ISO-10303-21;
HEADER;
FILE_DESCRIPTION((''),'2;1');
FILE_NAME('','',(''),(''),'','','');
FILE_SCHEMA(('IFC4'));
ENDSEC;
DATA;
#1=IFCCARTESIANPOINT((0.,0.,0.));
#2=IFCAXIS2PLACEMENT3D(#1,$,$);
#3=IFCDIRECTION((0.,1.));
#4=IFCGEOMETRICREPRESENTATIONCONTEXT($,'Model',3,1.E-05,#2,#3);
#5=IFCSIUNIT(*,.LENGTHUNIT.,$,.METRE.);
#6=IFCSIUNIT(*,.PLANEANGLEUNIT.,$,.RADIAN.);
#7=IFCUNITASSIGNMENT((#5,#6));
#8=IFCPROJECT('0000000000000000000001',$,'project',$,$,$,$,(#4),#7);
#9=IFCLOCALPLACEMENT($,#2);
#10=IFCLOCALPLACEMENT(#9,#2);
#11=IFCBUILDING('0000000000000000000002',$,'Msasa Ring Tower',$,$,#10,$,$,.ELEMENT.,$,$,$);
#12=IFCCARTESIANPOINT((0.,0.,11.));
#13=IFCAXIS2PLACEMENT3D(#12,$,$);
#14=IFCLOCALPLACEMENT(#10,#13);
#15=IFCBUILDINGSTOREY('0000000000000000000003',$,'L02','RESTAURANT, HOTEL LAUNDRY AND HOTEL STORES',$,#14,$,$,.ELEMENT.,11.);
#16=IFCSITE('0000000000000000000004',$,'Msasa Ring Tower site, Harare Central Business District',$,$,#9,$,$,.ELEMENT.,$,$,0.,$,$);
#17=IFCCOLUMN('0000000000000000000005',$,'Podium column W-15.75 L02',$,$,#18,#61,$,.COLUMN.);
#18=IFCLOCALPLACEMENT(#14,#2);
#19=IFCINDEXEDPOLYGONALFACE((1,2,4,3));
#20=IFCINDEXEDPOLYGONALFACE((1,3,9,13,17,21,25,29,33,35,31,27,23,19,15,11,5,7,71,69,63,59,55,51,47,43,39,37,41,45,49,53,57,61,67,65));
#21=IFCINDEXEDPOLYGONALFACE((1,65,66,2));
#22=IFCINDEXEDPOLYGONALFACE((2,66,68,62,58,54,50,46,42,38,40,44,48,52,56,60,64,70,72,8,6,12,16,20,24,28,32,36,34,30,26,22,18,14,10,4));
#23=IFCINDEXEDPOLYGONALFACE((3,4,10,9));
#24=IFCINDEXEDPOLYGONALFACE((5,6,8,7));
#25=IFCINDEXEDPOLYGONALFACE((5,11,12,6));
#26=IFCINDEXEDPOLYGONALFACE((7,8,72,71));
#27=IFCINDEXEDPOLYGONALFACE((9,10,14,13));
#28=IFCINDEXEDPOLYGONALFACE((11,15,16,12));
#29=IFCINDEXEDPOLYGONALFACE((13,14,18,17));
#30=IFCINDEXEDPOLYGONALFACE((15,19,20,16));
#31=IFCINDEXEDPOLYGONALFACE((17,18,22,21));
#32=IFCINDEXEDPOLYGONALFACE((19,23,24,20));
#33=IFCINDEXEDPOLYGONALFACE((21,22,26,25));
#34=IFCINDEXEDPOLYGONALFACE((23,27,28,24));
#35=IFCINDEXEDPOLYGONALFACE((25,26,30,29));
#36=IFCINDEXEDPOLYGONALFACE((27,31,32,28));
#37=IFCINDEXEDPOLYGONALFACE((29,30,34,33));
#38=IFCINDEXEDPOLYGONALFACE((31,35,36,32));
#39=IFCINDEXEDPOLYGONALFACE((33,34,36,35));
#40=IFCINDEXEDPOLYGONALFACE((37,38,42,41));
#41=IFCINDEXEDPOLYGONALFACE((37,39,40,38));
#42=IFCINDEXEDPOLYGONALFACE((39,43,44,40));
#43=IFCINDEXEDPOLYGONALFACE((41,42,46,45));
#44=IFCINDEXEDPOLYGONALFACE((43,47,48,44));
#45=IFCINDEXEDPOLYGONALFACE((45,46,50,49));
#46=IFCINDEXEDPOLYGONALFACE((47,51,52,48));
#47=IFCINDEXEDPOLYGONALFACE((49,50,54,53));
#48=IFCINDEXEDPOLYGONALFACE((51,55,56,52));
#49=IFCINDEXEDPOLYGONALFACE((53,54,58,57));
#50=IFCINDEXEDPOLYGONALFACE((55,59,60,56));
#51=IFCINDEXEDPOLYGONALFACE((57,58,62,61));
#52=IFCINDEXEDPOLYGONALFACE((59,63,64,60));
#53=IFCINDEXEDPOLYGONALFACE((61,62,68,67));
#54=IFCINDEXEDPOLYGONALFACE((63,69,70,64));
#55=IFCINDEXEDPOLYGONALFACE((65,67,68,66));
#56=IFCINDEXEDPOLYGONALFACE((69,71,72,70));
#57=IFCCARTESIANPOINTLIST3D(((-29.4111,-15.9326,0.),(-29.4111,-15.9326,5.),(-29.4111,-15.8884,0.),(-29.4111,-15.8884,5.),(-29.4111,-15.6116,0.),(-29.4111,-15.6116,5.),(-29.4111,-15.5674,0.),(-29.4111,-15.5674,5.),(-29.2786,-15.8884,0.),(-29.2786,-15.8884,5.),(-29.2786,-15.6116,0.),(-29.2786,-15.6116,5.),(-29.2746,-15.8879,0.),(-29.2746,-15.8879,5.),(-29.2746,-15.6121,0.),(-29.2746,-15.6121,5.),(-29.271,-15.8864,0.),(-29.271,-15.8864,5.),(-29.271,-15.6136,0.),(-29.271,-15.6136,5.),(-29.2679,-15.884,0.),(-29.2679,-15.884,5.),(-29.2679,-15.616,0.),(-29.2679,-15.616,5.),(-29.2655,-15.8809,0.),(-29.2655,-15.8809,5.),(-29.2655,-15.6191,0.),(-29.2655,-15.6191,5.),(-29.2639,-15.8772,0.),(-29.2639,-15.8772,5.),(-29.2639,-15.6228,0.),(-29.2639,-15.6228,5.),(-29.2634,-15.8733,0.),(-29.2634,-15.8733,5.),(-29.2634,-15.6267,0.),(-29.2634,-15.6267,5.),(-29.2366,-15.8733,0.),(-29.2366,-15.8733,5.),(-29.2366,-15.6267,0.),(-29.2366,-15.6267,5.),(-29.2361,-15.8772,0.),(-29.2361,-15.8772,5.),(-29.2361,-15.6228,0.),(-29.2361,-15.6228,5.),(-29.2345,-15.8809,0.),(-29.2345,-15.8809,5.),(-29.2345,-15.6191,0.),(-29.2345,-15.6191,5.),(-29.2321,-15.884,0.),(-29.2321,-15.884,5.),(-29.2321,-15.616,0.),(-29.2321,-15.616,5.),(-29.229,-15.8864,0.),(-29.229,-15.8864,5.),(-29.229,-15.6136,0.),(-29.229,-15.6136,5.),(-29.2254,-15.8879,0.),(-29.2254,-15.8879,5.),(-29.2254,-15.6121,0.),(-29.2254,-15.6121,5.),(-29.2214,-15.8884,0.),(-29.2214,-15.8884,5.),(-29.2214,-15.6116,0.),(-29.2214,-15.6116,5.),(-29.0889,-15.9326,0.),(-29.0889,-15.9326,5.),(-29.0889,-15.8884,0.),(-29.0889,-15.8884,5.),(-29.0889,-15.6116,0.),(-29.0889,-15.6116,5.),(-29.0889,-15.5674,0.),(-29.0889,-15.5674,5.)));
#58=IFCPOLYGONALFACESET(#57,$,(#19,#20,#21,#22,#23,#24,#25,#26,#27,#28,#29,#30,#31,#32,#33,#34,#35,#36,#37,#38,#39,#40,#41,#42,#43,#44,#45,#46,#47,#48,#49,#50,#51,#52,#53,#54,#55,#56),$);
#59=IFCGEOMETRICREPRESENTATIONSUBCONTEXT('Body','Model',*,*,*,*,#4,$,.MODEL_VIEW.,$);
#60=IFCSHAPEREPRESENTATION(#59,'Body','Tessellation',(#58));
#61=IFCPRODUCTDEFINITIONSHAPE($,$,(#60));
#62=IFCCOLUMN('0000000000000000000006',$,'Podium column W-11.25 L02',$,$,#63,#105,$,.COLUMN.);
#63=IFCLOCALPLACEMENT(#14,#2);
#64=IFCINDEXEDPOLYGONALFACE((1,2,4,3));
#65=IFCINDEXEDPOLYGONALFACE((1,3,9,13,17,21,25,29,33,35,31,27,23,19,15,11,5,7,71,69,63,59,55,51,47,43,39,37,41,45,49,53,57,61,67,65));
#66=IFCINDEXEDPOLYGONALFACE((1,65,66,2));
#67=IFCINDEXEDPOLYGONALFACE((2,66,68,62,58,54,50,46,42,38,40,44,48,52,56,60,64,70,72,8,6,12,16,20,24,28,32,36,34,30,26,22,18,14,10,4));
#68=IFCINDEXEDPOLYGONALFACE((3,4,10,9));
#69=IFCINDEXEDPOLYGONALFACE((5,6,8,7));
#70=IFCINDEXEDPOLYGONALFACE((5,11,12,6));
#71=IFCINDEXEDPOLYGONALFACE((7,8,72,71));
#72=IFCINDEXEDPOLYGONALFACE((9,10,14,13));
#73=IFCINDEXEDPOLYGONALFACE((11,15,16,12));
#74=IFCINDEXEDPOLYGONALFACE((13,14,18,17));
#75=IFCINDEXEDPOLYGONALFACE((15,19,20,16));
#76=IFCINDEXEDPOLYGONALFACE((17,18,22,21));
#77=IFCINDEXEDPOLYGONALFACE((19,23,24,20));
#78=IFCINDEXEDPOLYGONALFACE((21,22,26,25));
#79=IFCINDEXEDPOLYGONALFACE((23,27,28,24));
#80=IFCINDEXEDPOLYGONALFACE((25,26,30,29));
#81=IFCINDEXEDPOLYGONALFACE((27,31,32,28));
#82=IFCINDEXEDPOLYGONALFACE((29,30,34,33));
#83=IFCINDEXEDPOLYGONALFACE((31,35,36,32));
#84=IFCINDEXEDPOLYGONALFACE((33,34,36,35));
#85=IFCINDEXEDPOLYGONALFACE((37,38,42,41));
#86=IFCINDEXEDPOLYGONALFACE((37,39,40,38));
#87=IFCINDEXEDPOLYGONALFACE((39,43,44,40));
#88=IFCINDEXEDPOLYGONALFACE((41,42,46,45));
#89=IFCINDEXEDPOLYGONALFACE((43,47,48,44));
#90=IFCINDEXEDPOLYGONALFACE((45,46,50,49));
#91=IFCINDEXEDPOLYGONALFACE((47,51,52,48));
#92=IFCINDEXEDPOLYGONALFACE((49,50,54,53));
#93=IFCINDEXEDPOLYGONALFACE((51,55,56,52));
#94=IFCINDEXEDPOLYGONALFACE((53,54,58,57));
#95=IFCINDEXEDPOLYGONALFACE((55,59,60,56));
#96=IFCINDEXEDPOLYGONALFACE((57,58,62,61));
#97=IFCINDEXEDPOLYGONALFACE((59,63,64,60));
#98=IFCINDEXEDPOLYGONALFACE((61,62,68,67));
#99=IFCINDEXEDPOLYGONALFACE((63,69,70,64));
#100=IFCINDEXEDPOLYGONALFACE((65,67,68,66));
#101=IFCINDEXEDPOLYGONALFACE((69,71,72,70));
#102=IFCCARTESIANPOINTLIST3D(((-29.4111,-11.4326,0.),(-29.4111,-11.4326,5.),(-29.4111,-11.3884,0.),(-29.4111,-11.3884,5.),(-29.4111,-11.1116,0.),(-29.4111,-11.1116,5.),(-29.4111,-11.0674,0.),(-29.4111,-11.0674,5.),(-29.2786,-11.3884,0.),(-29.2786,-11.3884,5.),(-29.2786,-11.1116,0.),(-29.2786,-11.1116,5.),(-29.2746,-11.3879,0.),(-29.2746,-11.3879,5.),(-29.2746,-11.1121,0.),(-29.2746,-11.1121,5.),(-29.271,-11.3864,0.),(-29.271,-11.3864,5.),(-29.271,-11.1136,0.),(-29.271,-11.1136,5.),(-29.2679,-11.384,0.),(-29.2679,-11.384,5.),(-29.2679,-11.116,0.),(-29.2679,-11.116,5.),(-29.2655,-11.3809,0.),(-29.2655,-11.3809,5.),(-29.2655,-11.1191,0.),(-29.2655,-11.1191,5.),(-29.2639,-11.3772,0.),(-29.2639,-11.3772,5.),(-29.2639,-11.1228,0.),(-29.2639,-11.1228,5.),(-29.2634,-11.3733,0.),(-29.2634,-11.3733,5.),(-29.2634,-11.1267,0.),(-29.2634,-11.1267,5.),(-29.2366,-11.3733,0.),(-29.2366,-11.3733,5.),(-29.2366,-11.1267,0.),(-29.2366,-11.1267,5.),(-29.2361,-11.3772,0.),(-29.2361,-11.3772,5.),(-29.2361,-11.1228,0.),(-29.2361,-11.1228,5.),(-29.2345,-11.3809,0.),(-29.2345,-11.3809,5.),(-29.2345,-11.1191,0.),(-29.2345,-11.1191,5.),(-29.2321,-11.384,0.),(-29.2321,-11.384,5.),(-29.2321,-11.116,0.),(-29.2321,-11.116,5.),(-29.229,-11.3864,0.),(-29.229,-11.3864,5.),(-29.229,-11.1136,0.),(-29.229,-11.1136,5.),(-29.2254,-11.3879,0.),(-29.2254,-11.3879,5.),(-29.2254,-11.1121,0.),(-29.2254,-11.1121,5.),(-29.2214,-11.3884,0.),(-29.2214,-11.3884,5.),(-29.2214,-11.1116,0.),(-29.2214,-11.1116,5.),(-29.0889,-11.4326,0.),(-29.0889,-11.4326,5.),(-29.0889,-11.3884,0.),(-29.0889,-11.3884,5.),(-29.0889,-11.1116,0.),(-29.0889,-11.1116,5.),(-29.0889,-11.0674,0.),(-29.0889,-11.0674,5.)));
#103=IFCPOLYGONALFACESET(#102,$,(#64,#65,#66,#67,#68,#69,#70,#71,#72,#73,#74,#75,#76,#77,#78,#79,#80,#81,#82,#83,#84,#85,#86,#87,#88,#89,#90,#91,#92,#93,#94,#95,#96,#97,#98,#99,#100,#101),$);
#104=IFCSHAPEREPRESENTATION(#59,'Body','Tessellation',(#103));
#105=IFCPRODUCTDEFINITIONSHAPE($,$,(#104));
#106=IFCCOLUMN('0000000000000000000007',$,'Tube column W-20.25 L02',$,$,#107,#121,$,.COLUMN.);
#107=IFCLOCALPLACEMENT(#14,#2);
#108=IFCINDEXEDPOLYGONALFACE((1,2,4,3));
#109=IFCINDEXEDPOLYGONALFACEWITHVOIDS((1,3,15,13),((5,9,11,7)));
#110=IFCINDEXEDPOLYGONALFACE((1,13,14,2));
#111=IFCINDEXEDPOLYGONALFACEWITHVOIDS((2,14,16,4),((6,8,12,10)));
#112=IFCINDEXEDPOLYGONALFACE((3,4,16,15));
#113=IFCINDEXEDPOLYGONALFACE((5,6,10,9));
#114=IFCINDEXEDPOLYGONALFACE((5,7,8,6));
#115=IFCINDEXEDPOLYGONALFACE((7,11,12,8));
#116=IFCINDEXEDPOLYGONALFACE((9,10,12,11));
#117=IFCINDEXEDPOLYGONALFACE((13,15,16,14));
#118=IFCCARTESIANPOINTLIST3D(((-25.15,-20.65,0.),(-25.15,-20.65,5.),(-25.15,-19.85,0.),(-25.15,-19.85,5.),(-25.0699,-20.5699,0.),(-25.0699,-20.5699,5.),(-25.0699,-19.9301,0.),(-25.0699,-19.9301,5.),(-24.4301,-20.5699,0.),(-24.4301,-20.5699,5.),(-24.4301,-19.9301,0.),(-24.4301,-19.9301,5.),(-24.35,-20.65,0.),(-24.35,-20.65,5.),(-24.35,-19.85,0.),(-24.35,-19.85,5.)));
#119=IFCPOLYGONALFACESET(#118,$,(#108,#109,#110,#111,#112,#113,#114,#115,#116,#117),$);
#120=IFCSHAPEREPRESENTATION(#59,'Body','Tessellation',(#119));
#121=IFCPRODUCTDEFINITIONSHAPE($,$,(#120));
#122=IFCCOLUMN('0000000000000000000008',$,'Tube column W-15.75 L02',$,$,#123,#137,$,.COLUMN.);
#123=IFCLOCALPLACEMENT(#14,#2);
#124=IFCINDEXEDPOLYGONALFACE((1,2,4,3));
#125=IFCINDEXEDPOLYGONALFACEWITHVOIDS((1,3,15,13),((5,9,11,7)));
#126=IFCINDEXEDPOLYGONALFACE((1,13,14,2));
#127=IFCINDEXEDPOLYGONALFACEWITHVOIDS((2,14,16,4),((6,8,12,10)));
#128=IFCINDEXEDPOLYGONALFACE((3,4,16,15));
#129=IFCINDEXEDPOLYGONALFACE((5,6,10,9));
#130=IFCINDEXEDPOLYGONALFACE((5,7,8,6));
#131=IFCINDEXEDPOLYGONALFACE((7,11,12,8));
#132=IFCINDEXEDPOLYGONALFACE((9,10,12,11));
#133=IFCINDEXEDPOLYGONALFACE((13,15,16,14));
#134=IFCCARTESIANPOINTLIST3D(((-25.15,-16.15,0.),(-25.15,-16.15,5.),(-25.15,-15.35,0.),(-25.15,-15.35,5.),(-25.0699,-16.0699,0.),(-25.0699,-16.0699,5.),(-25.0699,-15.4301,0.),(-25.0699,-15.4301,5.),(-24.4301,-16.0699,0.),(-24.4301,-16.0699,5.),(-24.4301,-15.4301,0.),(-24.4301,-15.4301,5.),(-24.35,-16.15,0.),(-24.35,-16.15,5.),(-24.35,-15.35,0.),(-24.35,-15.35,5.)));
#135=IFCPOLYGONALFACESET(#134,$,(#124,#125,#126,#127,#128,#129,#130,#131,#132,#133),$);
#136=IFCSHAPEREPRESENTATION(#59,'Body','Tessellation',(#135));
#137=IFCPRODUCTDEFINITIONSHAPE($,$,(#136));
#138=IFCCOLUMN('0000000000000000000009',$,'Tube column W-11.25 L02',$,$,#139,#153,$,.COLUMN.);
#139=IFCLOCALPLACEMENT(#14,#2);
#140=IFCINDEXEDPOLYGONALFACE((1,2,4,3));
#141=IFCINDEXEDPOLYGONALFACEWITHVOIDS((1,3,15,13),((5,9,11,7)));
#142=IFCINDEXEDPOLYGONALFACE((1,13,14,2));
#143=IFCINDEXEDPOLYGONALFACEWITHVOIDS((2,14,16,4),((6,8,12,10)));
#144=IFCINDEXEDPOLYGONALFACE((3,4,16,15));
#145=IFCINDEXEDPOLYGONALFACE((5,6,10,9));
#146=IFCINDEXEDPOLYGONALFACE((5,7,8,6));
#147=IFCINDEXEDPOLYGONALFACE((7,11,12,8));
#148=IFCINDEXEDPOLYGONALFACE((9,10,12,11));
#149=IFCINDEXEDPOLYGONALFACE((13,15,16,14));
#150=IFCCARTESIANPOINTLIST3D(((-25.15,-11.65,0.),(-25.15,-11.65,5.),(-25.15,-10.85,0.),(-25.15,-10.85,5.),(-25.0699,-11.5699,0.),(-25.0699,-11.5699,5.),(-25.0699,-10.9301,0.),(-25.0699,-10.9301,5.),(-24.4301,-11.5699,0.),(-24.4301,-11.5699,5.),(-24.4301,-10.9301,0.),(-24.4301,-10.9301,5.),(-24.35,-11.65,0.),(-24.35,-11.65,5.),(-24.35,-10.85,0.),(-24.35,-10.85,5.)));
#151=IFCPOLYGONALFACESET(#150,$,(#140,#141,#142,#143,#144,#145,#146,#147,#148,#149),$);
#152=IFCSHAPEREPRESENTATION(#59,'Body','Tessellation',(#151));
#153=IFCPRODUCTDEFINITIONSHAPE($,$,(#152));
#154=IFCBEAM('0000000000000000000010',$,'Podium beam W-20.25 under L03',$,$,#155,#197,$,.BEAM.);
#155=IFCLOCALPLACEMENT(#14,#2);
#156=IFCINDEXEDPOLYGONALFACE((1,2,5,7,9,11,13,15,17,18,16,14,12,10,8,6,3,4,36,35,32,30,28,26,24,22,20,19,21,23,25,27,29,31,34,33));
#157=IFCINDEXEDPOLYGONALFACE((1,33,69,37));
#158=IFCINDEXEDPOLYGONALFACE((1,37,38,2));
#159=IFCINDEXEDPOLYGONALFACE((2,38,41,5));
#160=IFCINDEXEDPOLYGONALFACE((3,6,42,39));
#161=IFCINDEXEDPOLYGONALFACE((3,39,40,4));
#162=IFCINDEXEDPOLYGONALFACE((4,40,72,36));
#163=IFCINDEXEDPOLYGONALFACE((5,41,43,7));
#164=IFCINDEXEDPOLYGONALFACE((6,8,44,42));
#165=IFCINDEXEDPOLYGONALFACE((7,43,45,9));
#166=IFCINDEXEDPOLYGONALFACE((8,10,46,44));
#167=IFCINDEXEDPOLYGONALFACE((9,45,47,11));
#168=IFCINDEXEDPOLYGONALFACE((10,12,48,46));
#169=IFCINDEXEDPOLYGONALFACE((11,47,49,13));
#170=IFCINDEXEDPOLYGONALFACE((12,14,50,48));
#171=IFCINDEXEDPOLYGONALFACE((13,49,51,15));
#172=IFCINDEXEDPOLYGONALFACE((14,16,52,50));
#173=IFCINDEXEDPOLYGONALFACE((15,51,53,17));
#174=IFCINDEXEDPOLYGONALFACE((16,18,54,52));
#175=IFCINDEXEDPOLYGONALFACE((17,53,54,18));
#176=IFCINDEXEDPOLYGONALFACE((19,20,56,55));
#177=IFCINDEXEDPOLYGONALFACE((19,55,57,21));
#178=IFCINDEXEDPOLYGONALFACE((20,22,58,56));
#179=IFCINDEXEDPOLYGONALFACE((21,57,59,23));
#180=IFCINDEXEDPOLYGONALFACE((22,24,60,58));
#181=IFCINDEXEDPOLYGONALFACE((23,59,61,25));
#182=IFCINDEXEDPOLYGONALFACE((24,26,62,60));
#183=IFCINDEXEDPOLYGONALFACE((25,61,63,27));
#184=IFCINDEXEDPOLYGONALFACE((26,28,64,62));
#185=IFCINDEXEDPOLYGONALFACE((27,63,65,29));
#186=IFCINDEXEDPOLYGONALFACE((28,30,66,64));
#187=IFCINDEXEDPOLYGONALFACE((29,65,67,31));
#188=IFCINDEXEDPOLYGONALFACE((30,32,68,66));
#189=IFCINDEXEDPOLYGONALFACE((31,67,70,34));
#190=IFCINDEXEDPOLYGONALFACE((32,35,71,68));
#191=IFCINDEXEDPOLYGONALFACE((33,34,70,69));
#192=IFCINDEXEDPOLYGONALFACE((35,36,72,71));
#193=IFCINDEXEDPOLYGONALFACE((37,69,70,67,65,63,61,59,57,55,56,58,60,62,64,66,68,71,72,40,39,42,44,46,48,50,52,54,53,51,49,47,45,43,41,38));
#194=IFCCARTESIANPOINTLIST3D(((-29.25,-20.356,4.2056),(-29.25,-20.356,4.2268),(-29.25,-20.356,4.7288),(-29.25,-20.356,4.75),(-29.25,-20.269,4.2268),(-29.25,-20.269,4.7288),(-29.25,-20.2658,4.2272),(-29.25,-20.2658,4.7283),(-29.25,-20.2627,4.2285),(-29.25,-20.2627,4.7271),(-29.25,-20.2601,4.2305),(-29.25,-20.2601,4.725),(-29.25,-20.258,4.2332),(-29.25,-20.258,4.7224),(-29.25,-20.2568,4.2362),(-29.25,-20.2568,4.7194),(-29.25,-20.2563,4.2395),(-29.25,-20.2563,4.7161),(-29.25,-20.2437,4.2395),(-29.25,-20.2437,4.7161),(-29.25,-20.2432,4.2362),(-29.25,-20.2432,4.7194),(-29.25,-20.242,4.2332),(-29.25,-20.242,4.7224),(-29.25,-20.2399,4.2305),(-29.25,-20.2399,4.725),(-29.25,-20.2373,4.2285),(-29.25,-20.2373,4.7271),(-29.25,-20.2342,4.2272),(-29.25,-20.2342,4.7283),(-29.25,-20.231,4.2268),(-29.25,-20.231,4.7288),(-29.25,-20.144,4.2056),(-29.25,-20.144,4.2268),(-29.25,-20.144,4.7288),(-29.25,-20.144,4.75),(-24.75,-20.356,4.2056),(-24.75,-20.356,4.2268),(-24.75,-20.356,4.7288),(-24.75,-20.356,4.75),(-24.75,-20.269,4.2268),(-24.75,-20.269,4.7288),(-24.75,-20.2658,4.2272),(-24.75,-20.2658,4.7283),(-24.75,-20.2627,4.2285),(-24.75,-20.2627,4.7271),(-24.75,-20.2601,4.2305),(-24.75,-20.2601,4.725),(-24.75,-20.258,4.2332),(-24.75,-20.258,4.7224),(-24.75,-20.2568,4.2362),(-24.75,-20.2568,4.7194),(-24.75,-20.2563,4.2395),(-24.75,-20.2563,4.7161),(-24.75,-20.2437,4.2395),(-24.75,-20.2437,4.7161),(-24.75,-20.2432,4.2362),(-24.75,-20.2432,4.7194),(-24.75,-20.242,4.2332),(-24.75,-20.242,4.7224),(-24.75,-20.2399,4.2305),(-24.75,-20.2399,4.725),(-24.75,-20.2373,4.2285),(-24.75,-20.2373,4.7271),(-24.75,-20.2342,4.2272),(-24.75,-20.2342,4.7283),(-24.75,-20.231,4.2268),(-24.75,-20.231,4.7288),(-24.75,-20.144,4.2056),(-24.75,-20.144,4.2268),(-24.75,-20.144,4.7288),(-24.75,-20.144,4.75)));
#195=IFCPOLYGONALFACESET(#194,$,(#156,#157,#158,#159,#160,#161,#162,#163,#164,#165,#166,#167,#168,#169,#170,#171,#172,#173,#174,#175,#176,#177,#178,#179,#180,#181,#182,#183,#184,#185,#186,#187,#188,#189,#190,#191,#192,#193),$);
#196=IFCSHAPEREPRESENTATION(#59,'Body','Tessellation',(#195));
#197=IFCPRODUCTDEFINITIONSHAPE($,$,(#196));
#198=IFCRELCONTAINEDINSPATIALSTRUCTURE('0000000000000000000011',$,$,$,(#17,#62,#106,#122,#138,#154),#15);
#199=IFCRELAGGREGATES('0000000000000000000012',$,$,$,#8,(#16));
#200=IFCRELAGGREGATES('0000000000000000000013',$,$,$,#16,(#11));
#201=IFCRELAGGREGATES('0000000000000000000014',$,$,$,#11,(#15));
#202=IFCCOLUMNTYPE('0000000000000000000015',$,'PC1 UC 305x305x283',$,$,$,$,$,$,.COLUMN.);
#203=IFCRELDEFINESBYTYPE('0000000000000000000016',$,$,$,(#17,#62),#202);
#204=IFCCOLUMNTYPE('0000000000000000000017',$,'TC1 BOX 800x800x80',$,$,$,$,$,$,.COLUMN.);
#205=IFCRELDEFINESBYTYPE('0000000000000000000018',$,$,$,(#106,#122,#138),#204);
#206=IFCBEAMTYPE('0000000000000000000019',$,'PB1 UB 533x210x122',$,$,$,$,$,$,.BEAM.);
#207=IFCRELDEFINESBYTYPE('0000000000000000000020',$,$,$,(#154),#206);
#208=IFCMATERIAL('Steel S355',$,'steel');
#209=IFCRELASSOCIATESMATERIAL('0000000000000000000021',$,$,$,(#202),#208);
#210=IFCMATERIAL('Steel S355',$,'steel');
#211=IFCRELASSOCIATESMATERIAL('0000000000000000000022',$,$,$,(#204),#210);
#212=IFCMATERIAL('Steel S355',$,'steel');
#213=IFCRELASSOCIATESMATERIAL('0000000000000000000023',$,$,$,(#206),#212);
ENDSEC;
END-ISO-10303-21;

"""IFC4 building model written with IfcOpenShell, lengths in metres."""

from ifc_helpers import new_model, si_unit, direction, frame, origin, origin_2d, place, context, subcontext, project, spatial, hollow_rectangle, i_section, extrude, material, material_profile, profile_set, type_object, element, save


model = new_model("IFC4")

# Units and contexts
model_context = context("Model", 3, precision=1e-05, world=origin(), true_north=direction((0.0, 1.0)))
body_context = subcontext(model_context, "Body", "Model", "MODEL_VIEW")
ifc_project = project(units=[si_unit("LENGTHUNIT", "METRE"), si_unit("PLANEANGLEUNIT", "RADIAN")], contexts=[model_context])

# Site, building, storey
site_placement = place(None, origin())
site = spatial("IfcSite", under=ifc_project, at=site_placement, Name="Msasa Ring Tower site, Harare Central Business District", CompositionType="ELEMENT", RefElevation=0.0)
building_placement = place(site_placement, origin())
building = spatial("IfcBuilding", under=site, at=building_placement, Name="Msasa Ring Tower", CompositionType="ELEMENT")
storey_placement = place(building_placement, frame((0.0, 0.0, 11.0)))
storey = spatial("IfcBuildingStorey", under=building, at=storey_placement, Name="L02", Description="RESTAURANT, HOTEL LAUNDRY AND HOTEL STORES", CompositionType="ELEMENT", Elevation=11.0)

# Columns
ifc_material_1 = material(Name="Steel S355", Category="steel")
ifc_material_profile_1 = material_profile(ifc_material_1, i_section(OverallWidth=0.3223, OverallDepth=0.3652, WebThickness=0.0269, FlangeThickness=0.0442, FilletRadius=0.0151, at=origin_2d()), Name="UC 305x305x283")
ifc_profile_set_1 = profile_set([ifc_material_profile_1], Name="Steel S355")
column_type_1 = type_object("IfcColumnType", Name="PC1 UC 305x305x283", PredefinedType="COLUMN", material=ifc_profile_set_1)
for number, where, z_axis, x_axis, name in (
    (1, (-29.25, -15.75, 0.0), (0.0, 0.0, 1.0), (1.0, 0.0, 0.0), "Podium column W-15.75 L02"),
    (2, (-29.25, -11.25, 0.0), (0.0, 0.0, 1.0), (1.0, 0.0, 0.0), "Podium column W-11.25 L02"),
):
    element("IfcColumn", number, at=place(storey_placement, frame(where, z_axis=z_axis, x_axis=x_axis)), inside=storey, type_object=column_type_1, Name=name, PredefinedType="COLUMN", context=body_context, shape_type="SweptSolid", body=[
        extrude(i_section(OverallWidth=0.3223, OverallDepth=0.3652, WebThickness=0.0269, FlangeThickness=0.0442, FilletRadius=0.0151, at=origin_2d()), origin(), (0.0, 0.0, 1.0), 5.0),
    ])
ifc_material_2 = material(Name="Steel S355", Category="steel")
ifc_material_profile_2 = material_profile(ifc_material_2, hollow_rectangle(XDim=0.8, YDim=0.8, WallThickness=0.0801, at=origin_2d()), Name="BOX 800x800x80")
ifc_profile_set_2 = profile_set([ifc_material_profile_2], Name="Steel S355")
column_type_2 = type_object("IfcColumnType", Name="TC1 BOX 800x800x80", PredefinedType="COLUMN", material=ifc_profile_set_2)
for number, where, z_axis, x_axis, name in (
    (3, (-24.75, -20.25, 0.0), (0.0, 0.0, 1.0), (1.0, 0.0, 0.0), "Tube column W-20.25 L02"),
    (4, (-24.75, -15.75, 0.0), (0.0, 0.0, 1.0), (1.0, 0.0, 0.0), "Tube column W-15.75 L02"),
    (5, (-24.75, -11.25, 0.0), (0.0, 0.0, 1.0), (1.0, 0.0, 0.0), "Tube column W-11.25 L02"),
):
    element("IfcColumn", number, at=place(storey_placement, frame(where, z_axis=z_axis, x_axis=x_axis)), inside=storey, type_object=column_type_2, Name=name, PredefinedType="COLUMN", context=body_context, shape_type="SweptSolid", body=[
        extrude(hollow_rectangle(XDim=0.8, YDim=0.8, WallThickness=0.0801, at=origin_2d()), origin(), (0.0, 0.0, 1.0), 5.0),
    ])

# Beam
ifc_material_3 = material(Name="Steel S355", Category="steel")
ifc_material_profile_3 = material_profile(ifc_material_3, i_section(OverallWidth=0.2119, OverallDepth=0.5444, WebThickness=0.0127, FlangeThickness=0.0212, FilletRadius=0.0127, at=origin_2d()), Name="UB 533x210x122")
ifc_profile_set_3 = profile_set([ifc_material_profile_3], Name="Steel S355")
beam_type_1 = type_object("IfcBeamType", Name="PB1 UB 533x210x122", PredefinedType="BEAM", material=ifc_profile_set_3)
beam_1_placement = place(storey_placement, frame((-29.25, -20.25, 4.4778), z_axis=(1.0, 0.0, 0.0), x_axis=(0.0, 1.0, 0.0)))
element("IfcBeam", 6, at=beam_1_placement, inside=storey, type_object=beam_type_1, Name="Podium beam W-20.25 under L03", PredefinedType="BEAM", context=body_context, shape_type="SweptSolid", body=[
    extrude(i_section(OverallWidth=0.2119, OverallDepth=0.5444, WebThickness=0.0127, FlangeThickness=0.0212, FilletRadius=0.0127, at=origin_2d()), origin(), (0.0, 0.0, 1.0), 4.5),
])

save(model, "model.ifc")
